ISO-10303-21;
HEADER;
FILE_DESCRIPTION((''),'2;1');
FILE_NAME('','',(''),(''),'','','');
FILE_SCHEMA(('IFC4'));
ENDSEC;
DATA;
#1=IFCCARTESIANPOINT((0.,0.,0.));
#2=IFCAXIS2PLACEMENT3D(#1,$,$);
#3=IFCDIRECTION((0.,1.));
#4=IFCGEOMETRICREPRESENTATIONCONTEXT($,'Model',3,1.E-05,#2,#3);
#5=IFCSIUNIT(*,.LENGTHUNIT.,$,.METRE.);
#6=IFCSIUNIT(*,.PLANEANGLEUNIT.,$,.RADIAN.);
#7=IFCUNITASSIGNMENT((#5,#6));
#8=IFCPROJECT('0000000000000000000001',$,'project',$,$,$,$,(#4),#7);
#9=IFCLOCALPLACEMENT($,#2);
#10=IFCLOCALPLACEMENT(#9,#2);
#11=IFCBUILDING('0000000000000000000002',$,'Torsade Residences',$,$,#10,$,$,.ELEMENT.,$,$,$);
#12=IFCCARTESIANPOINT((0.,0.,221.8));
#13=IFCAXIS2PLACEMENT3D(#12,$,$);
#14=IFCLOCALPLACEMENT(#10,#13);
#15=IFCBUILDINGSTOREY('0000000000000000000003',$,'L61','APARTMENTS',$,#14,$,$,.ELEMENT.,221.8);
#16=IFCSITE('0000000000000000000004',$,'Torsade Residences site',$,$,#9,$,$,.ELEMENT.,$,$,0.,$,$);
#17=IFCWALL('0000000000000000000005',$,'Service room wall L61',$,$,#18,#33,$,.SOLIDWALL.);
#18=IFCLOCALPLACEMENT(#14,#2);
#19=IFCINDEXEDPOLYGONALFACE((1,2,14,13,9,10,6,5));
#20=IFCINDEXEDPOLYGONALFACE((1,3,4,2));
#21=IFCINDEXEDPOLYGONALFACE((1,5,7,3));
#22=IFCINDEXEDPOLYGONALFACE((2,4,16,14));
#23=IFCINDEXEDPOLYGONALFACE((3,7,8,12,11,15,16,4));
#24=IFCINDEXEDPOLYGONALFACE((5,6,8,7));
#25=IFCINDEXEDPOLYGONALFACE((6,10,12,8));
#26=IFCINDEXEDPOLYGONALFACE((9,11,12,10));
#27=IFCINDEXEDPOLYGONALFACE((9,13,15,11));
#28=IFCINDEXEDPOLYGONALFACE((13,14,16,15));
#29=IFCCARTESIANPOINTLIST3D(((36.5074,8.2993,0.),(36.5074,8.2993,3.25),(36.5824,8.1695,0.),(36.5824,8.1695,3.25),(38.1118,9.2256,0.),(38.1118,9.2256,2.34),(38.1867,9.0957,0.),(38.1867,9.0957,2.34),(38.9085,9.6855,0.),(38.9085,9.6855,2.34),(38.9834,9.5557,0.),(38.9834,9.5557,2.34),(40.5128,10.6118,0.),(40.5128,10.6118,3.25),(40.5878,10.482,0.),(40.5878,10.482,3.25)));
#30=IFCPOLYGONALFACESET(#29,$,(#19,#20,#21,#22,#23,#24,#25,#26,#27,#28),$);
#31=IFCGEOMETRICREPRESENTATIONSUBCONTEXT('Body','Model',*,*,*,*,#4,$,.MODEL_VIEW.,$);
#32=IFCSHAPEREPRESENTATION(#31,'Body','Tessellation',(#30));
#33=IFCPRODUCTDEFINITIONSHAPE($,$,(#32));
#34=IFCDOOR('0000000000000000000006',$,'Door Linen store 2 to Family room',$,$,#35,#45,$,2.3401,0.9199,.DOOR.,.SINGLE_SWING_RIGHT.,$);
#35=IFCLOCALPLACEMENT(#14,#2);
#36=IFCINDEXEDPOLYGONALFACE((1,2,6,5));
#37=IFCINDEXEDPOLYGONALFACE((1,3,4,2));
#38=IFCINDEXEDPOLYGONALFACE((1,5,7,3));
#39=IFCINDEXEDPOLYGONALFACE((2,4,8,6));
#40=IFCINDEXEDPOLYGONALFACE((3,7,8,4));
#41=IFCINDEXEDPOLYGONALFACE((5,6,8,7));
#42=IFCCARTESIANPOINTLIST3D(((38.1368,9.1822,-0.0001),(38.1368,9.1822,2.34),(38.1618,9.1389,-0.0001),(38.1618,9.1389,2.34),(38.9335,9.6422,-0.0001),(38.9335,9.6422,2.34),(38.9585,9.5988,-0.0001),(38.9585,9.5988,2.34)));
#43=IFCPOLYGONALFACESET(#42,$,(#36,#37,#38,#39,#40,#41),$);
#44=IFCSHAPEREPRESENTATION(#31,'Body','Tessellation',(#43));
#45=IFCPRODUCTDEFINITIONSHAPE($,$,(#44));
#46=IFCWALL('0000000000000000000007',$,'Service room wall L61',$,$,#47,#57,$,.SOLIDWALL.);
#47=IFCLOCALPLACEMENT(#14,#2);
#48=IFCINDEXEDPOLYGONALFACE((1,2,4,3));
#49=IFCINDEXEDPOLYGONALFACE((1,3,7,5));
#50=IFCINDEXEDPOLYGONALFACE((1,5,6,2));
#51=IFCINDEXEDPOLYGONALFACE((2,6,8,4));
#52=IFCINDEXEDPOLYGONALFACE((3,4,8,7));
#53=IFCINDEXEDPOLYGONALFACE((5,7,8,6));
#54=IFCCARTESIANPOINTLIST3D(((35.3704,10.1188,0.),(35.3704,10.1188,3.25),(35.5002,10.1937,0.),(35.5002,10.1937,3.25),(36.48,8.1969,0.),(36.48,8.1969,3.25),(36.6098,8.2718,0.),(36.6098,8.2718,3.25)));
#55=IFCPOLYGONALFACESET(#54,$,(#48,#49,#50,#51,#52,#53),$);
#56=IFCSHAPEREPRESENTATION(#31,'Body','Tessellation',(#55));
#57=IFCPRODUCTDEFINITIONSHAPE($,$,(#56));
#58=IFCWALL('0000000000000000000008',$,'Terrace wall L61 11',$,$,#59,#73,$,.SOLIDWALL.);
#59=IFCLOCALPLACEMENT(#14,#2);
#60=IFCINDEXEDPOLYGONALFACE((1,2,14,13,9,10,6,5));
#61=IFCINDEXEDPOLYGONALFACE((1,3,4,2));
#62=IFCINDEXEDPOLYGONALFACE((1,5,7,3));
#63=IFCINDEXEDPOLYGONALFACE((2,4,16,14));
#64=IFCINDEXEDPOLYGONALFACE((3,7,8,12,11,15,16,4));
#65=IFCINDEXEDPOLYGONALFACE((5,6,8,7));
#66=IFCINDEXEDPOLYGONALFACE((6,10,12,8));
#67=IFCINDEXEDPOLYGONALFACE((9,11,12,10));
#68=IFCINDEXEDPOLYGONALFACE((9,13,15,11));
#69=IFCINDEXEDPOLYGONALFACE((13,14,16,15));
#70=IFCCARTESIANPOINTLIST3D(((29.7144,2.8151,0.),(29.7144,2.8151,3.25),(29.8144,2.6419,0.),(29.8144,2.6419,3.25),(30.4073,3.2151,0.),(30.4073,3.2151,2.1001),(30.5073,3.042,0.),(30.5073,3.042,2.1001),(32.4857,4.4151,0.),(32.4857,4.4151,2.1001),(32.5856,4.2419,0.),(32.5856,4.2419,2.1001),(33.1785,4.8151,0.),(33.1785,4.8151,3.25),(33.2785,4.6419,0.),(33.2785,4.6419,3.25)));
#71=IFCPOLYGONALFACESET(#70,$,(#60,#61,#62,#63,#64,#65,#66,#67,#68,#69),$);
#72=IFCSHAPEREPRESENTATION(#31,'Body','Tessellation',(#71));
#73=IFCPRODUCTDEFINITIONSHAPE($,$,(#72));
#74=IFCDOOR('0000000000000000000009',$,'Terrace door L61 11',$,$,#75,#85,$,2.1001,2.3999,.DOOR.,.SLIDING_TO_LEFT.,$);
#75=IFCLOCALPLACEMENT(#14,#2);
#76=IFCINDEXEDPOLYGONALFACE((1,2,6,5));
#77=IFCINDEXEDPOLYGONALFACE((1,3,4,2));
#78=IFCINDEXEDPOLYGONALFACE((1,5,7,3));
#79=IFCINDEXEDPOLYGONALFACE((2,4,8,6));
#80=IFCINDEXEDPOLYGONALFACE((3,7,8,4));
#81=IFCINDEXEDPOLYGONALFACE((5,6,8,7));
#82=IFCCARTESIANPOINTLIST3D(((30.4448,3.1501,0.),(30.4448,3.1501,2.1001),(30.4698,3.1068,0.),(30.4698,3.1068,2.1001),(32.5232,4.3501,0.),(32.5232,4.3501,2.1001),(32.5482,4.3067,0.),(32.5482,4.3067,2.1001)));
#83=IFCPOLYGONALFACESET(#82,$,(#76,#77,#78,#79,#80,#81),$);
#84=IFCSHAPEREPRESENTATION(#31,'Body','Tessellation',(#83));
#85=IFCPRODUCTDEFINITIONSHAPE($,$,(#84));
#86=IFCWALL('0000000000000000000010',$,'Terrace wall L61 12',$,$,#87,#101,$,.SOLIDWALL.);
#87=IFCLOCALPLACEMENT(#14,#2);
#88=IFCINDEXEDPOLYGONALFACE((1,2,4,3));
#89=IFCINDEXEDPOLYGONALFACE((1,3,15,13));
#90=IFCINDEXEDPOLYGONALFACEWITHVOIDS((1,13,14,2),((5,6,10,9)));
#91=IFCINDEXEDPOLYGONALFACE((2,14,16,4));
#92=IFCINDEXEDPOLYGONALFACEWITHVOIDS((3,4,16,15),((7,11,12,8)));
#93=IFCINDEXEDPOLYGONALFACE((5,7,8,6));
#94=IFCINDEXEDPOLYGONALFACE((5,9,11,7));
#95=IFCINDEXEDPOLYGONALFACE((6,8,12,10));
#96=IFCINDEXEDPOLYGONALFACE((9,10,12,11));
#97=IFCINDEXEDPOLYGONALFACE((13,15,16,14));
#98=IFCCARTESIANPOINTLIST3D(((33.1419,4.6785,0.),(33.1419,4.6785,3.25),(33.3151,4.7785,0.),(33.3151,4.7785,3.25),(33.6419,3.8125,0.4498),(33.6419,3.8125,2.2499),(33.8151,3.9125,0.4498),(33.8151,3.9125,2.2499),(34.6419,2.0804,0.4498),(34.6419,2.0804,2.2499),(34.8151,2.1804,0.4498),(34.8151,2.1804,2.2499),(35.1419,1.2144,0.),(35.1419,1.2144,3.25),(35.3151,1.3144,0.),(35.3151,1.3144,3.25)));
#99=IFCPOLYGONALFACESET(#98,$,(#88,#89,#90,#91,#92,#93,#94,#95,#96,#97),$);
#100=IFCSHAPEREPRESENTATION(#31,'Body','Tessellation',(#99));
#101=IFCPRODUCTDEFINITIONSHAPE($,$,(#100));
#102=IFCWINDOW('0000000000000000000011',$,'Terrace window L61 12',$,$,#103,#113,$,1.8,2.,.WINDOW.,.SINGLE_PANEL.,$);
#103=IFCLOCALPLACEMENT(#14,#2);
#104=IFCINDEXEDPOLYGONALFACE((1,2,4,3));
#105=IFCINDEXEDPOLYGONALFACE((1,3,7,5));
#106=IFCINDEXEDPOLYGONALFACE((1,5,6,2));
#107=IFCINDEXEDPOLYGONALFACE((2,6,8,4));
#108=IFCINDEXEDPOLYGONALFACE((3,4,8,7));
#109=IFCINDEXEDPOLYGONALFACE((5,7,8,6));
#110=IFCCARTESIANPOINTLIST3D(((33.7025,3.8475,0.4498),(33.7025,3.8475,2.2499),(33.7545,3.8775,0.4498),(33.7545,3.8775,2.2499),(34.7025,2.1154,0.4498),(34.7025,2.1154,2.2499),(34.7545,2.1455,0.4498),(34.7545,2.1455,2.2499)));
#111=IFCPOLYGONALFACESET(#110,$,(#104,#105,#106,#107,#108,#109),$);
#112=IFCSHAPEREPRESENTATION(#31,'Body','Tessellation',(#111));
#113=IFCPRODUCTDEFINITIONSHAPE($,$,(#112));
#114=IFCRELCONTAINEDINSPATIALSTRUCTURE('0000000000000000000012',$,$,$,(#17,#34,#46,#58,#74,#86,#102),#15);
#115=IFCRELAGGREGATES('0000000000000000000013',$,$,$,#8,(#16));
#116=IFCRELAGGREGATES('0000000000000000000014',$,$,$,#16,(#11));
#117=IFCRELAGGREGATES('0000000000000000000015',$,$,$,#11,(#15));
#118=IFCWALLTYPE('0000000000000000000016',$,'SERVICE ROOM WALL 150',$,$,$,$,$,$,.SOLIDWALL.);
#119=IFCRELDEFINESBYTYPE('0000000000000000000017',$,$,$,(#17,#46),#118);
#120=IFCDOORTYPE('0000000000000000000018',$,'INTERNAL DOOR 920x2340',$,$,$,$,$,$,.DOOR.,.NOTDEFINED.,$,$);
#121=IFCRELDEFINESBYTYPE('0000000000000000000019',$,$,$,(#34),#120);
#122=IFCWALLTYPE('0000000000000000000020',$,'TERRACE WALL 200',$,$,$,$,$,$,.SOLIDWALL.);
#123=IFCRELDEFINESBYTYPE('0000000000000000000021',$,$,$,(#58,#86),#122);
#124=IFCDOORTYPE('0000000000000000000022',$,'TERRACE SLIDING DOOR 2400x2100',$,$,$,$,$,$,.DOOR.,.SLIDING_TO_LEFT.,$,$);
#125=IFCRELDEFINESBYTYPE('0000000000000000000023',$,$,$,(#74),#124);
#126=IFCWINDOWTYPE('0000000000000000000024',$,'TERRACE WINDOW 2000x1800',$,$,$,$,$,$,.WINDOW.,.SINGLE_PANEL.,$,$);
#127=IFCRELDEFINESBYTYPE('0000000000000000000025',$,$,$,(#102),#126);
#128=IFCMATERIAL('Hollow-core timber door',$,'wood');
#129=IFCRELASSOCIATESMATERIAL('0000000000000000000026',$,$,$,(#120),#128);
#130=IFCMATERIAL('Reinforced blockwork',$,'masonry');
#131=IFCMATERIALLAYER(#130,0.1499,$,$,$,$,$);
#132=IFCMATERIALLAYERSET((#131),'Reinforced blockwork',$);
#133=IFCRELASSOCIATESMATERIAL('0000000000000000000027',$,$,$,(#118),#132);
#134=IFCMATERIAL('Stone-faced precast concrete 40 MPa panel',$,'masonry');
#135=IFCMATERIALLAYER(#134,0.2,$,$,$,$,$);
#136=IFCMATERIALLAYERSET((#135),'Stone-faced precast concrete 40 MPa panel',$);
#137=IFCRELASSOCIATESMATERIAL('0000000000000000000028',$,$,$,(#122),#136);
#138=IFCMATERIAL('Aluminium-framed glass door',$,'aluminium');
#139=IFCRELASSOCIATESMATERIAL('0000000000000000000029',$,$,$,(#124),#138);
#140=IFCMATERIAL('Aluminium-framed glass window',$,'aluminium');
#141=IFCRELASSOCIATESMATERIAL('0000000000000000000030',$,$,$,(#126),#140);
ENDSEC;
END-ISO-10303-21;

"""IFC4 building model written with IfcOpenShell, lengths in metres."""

from ifc_helpers import new_model, si_unit, direction, frame, frame_2d, origin, place, context, subcontext, project, spatial, rectangle, extrude, material, layer, layer_set, type_object, element, fill, save


model = new_model("IFC4")

# Units and contexts
model_context = context("Model", 3, precision=1e-05, world=origin(), true_north=direction((0.0, 1.0)))
body_context = subcontext(model_context, "Body", "Model", "MODEL_VIEW")
ifc_project = project(units=[si_unit("LENGTHUNIT", "METRE"), si_unit("PLANEANGLEUNIT", "RADIAN")], contexts=[model_context])

# Site, building, storey
site_placement = place(None, origin())
site = spatial("IfcSite", under=ifc_project, at=site_placement, Name="Torsade Residences site", CompositionType="ELEMENT", RefElevation=0.0)
building_placement = place(site_placement, origin())
building = spatial("IfcBuilding", under=site, at=building_placement, Name="Torsade Residences", CompositionType="ELEMENT")
storey_placement = place(building_placement, frame((0.0, 0.0, 221.8)))
storey = spatial("IfcBuildingStorey", under=building, at=storey_placement, Name="L61", Description="APARTMENTS", CompositionType="ELEMENT", Elevation=221.8)

# Wall, opening, door
ifc_material_1 = material(Name="Hollow-core timber door", Category="wood")
door_type_1 = type_object("IfcDoorType", Name="INTERNAL DOOR 920x2340", OperationType="NOTDEFINED", PredefinedType="DOOR", material=ifc_material_1)
ifc_material_2 = material(Name="Reinforced blockwork", Category="masonry")
ifc_layer_1 = layer(ifc_material_2, 0.1499)
ifc_layer_set_1 = layer_set([ifc_layer_1], Name="Reinforced blockwork")
wall_type_1 = type_object("IfcWallType", Name="SERVICE ROOM WALL 150", PredefinedType="SOLIDWALL", material=ifc_layer_set_1)
wall_1_placement = place(storey_placement, frame((36.5449, 8.2344, 0.0), z_axis=(0.0, 0.0, 1.0), x_axis=(0.866026, 0.5, 0.0)))
wall_1 = element("IfcWall", 1, at=wall_1_placement, inside=storey, type_object=wall_type_1, Name="Service room wall L61", PredefinedType="SOLIDWALL", context=body_context, shape_type="SweptSolid", body=[
    extrude(rectangle(XDim=4.625, YDim=0.1499, at=frame_2d((2.3125, 0.0))), origin(), (0.0, 0.0, 1.0), 3.25),
])
opening_1_placement = place(wall_1_placement, frame((1.8525, 0.0, 0.0)))
opening_1 = element("IfcOpeningElement", 2, at=opening_1_placement, cuts=wall_1, PredefinedType="OPENING", context=body_context, shape_type="SweptSolid", body=[
    extrude(rectangle(XDim=0.9199, YDim=2.3401, at=frame_2d((0.46, 1.1699))), frame((0.0, 0.085, 0.0), z_axis=(0.0, -1.0, 0.0), x_axis=(1.0, 0.0, 0.0)), (0.0, 0.0, 1.0), 0.1699),
])
door_1_placement = place(opening_1_placement, origin())
door_1 = element("IfcDoor", 3, at=door_1_placement, inside=storey, type_object=door_type_1, Name="Door Linen store 2 to Family room", OperationType="SINGLE_SWING_RIGHT", OverallHeight=2.3401, OverallWidth=0.9199, PredefinedType="DOOR", context=body_context, shape_type="SweptSolid", body=[
    extrude(rectangle(XDim=0.9199, YDim=2.3401, at=frame_2d((0.46, 1.1699))), frame((0.0, 0.0249, 0.0), z_axis=(0.0, -1.0, 0.0), x_axis=(1.0, 0.0, 0.0)), (0.0, 0.0, 1.0), 0.05),
])
fill(opening_1, door_1)

# Wall
wall_2_placement = place(storey_placement, frame((35.4353, 10.1562, 0.0), z_axis=(0.0, 0.0, 1.0), x_axis=(0.500008, -0.866021, 0.0)))
element("IfcWall", 4, at=wall_2_placement, inside=storey, type_object=wall_type_1, Name="Service room wall L61", PredefinedType="SOLIDWALL", context=body_context, shape_type="SweptSolid", body=[
    extrude(rectangle(XDim=2.2192, YDim=0.1499, at=frame_2d((1.1096, 0.0))), origin(), (0.0, 0.0, 1.0), 3.25),
])

# Wall, opening, door
ifc_material_3 = material(Name="Stone-faced precast concrete 40 MPa panel", Category="masonry")
ifc_layer_2 = layer(ifc_material_3, 0.2)
ifc_layer_set_2 = layer_set([ifc_layer_2], Name="Stone-faced precast concrete 40 MPa panel")
wall_type_2 = type_object("IfcWallType", Name="TERRACE WALL 200", PredefinedType="SOLIDWALL", material=ifc_layer_set_2)
wall_3_placement = place(storey_placement, frame((29.7644, 2.7285, 0.0), z_axis=(0.0, 0.0, 1.0), x_axis=(0.866026, 0.499999, 0.0)))
wall_3 = element("IfcWall", 5, at=wall_3_placement, inside=storey, type_object=wall_type_2, Name="Terrace wall L61 11", PredefinedType="SOLIDWALL", context=body_context, shape_type="SweptSolid", body=[
    extrude(rectangle(XDim=4.0, YDim=0.2, at=frame_2d((2.0, 0.0))), origin(), (0.0, 0.0, 1.0), 3.25),
])
opening_2_placement = place(wall_3_placement, frame((0.8, 0.0, 0.0)))
opening_2 = element("IfcOpeningElement", 6, at=opening_2_placement, cuts=wall_3, PredefinedType="OPENING", context=body_context, shape_type="SweptSolid", body=[
    extrude(rectangle(XDim=2.3999, YDim=2.1001, at=frame_2d((1.2, 1.05))), frame((0.0, 0.1099, 0.0), z_axis=(0.0, -1.0, 0.0), x_axis=(1.0, 0.0, 0.0)), (0.0, 0.0, 1.0), 0.22),
])
ifc_material_4 = material(Name="Aluminium-framed glass door", Category="aluminium")
door_type_2 = type_object("IfcDoorType", Name="TERRACE SLIDING DOOR 2400x2100", OperationType="SLIDING_TO_LEFT", PredefinedType="DOOR", material=ifc_material_4)
door_2_placement = place(opening_2_placement, origin())
door_2 = element("IfcDoor", 7, at=door_2_placement, inside=storey, type_object=door_type_2, Name="Terrace door L61 11", OperationType="SLIDING_TO_LEFT", OverallHeight=2.1001, OverallWidth=2.3999, PredefinedType="DOOR", context=body_context, shape_type="SweptSolid", body=[
    extrude(rectangle(XDim=2.3999, YDim=2.1001, at=frame_2d((1.2, 1.05))), frame((0.0, 0.0249, 0.0), z_axis=(0.0, -1.0, 0.0), x_axis=(1.0, 0.0, 0.0)), (0.0, 0.0, 1.0), 0.05),
])
fill(opening_2, door_2)

# Wall, opening, window
wall_4_placement = place(storey_placement, frame((33.2285, 4.7285, 0.0), z_axis=(0.0, 0.0, 1.0), x_axis=(0.499999, -0.866026, 0.0)))
wall_4 = element("IfcWall", 8, at=wall_4_placement, inside=storey, type_object=wall_type_2, Name="Terrace wall L61 12", PredefinedType="SOLIDWALL", context=body_context, shape_type="SweptSolid", body=[
    extrude(rectangle(XDim=4.0, YDim=0.2, at=frame_2d((2.0, 0.0))), origin(), (0.0, 0.0, 1.0), 3.25),
])
opening_3_placement = place(wall_4_placement, frame((1.0, 0.0, 0.45)))
opening_3 = element("IfcOpeningElement", 9, at=opening_3_placement, cuts=wall_4, PredefinedType="OPENING", context=body_context, shape_type="SweptSolid", body=[
    extrude(rectangle(XDim=2.0, YDim=1.8, at=frame_2d((1.0, 0.8999))), frame((0.0, 0.1099, 0.0), z_axis=(0.0, -1.0, 0.0), x_axis=(1.0, 0.0, 0.0)), (0.0, 0.0, 1.0), 0.22),
])
ifc_material_5 = material(Name="Aluminium-framed glass window", Category="aluminium")
window_type = type_object("IfcWindowType", Name="TERRACE WINDOW 2000x1800", PartitioningType="SINGLE_PANEL", PredefinedType="WINDOW", material=ifc_material_5)
window_placement = place(opening_3_placement, origin())
window = element("IfcWindow", 10, at=window_placement, inside=storey, type_object=window_type, Name="Terrace window L61 12", OverallHeight=1.8, OverallWidth=2.0, PartitioningType="SINGLE_PANEL", PredefinedType="WINDOW", context=body_context, shape_type="SweptSolid", body=[
    extrude(rectangle(XDim=2.0, YDim=1.8, at=frame_2d((1.0, 0.8999))), frame((0.0, 0.03, 0.0), z_axis=(0.0, -1.0, 0.0), x_axis=(1.0, 0.0, 0.0)), (0.0, 0.0, 1.0), 0.0601),
])
fill(opening_3, window)

save(model, "model.ifc")
